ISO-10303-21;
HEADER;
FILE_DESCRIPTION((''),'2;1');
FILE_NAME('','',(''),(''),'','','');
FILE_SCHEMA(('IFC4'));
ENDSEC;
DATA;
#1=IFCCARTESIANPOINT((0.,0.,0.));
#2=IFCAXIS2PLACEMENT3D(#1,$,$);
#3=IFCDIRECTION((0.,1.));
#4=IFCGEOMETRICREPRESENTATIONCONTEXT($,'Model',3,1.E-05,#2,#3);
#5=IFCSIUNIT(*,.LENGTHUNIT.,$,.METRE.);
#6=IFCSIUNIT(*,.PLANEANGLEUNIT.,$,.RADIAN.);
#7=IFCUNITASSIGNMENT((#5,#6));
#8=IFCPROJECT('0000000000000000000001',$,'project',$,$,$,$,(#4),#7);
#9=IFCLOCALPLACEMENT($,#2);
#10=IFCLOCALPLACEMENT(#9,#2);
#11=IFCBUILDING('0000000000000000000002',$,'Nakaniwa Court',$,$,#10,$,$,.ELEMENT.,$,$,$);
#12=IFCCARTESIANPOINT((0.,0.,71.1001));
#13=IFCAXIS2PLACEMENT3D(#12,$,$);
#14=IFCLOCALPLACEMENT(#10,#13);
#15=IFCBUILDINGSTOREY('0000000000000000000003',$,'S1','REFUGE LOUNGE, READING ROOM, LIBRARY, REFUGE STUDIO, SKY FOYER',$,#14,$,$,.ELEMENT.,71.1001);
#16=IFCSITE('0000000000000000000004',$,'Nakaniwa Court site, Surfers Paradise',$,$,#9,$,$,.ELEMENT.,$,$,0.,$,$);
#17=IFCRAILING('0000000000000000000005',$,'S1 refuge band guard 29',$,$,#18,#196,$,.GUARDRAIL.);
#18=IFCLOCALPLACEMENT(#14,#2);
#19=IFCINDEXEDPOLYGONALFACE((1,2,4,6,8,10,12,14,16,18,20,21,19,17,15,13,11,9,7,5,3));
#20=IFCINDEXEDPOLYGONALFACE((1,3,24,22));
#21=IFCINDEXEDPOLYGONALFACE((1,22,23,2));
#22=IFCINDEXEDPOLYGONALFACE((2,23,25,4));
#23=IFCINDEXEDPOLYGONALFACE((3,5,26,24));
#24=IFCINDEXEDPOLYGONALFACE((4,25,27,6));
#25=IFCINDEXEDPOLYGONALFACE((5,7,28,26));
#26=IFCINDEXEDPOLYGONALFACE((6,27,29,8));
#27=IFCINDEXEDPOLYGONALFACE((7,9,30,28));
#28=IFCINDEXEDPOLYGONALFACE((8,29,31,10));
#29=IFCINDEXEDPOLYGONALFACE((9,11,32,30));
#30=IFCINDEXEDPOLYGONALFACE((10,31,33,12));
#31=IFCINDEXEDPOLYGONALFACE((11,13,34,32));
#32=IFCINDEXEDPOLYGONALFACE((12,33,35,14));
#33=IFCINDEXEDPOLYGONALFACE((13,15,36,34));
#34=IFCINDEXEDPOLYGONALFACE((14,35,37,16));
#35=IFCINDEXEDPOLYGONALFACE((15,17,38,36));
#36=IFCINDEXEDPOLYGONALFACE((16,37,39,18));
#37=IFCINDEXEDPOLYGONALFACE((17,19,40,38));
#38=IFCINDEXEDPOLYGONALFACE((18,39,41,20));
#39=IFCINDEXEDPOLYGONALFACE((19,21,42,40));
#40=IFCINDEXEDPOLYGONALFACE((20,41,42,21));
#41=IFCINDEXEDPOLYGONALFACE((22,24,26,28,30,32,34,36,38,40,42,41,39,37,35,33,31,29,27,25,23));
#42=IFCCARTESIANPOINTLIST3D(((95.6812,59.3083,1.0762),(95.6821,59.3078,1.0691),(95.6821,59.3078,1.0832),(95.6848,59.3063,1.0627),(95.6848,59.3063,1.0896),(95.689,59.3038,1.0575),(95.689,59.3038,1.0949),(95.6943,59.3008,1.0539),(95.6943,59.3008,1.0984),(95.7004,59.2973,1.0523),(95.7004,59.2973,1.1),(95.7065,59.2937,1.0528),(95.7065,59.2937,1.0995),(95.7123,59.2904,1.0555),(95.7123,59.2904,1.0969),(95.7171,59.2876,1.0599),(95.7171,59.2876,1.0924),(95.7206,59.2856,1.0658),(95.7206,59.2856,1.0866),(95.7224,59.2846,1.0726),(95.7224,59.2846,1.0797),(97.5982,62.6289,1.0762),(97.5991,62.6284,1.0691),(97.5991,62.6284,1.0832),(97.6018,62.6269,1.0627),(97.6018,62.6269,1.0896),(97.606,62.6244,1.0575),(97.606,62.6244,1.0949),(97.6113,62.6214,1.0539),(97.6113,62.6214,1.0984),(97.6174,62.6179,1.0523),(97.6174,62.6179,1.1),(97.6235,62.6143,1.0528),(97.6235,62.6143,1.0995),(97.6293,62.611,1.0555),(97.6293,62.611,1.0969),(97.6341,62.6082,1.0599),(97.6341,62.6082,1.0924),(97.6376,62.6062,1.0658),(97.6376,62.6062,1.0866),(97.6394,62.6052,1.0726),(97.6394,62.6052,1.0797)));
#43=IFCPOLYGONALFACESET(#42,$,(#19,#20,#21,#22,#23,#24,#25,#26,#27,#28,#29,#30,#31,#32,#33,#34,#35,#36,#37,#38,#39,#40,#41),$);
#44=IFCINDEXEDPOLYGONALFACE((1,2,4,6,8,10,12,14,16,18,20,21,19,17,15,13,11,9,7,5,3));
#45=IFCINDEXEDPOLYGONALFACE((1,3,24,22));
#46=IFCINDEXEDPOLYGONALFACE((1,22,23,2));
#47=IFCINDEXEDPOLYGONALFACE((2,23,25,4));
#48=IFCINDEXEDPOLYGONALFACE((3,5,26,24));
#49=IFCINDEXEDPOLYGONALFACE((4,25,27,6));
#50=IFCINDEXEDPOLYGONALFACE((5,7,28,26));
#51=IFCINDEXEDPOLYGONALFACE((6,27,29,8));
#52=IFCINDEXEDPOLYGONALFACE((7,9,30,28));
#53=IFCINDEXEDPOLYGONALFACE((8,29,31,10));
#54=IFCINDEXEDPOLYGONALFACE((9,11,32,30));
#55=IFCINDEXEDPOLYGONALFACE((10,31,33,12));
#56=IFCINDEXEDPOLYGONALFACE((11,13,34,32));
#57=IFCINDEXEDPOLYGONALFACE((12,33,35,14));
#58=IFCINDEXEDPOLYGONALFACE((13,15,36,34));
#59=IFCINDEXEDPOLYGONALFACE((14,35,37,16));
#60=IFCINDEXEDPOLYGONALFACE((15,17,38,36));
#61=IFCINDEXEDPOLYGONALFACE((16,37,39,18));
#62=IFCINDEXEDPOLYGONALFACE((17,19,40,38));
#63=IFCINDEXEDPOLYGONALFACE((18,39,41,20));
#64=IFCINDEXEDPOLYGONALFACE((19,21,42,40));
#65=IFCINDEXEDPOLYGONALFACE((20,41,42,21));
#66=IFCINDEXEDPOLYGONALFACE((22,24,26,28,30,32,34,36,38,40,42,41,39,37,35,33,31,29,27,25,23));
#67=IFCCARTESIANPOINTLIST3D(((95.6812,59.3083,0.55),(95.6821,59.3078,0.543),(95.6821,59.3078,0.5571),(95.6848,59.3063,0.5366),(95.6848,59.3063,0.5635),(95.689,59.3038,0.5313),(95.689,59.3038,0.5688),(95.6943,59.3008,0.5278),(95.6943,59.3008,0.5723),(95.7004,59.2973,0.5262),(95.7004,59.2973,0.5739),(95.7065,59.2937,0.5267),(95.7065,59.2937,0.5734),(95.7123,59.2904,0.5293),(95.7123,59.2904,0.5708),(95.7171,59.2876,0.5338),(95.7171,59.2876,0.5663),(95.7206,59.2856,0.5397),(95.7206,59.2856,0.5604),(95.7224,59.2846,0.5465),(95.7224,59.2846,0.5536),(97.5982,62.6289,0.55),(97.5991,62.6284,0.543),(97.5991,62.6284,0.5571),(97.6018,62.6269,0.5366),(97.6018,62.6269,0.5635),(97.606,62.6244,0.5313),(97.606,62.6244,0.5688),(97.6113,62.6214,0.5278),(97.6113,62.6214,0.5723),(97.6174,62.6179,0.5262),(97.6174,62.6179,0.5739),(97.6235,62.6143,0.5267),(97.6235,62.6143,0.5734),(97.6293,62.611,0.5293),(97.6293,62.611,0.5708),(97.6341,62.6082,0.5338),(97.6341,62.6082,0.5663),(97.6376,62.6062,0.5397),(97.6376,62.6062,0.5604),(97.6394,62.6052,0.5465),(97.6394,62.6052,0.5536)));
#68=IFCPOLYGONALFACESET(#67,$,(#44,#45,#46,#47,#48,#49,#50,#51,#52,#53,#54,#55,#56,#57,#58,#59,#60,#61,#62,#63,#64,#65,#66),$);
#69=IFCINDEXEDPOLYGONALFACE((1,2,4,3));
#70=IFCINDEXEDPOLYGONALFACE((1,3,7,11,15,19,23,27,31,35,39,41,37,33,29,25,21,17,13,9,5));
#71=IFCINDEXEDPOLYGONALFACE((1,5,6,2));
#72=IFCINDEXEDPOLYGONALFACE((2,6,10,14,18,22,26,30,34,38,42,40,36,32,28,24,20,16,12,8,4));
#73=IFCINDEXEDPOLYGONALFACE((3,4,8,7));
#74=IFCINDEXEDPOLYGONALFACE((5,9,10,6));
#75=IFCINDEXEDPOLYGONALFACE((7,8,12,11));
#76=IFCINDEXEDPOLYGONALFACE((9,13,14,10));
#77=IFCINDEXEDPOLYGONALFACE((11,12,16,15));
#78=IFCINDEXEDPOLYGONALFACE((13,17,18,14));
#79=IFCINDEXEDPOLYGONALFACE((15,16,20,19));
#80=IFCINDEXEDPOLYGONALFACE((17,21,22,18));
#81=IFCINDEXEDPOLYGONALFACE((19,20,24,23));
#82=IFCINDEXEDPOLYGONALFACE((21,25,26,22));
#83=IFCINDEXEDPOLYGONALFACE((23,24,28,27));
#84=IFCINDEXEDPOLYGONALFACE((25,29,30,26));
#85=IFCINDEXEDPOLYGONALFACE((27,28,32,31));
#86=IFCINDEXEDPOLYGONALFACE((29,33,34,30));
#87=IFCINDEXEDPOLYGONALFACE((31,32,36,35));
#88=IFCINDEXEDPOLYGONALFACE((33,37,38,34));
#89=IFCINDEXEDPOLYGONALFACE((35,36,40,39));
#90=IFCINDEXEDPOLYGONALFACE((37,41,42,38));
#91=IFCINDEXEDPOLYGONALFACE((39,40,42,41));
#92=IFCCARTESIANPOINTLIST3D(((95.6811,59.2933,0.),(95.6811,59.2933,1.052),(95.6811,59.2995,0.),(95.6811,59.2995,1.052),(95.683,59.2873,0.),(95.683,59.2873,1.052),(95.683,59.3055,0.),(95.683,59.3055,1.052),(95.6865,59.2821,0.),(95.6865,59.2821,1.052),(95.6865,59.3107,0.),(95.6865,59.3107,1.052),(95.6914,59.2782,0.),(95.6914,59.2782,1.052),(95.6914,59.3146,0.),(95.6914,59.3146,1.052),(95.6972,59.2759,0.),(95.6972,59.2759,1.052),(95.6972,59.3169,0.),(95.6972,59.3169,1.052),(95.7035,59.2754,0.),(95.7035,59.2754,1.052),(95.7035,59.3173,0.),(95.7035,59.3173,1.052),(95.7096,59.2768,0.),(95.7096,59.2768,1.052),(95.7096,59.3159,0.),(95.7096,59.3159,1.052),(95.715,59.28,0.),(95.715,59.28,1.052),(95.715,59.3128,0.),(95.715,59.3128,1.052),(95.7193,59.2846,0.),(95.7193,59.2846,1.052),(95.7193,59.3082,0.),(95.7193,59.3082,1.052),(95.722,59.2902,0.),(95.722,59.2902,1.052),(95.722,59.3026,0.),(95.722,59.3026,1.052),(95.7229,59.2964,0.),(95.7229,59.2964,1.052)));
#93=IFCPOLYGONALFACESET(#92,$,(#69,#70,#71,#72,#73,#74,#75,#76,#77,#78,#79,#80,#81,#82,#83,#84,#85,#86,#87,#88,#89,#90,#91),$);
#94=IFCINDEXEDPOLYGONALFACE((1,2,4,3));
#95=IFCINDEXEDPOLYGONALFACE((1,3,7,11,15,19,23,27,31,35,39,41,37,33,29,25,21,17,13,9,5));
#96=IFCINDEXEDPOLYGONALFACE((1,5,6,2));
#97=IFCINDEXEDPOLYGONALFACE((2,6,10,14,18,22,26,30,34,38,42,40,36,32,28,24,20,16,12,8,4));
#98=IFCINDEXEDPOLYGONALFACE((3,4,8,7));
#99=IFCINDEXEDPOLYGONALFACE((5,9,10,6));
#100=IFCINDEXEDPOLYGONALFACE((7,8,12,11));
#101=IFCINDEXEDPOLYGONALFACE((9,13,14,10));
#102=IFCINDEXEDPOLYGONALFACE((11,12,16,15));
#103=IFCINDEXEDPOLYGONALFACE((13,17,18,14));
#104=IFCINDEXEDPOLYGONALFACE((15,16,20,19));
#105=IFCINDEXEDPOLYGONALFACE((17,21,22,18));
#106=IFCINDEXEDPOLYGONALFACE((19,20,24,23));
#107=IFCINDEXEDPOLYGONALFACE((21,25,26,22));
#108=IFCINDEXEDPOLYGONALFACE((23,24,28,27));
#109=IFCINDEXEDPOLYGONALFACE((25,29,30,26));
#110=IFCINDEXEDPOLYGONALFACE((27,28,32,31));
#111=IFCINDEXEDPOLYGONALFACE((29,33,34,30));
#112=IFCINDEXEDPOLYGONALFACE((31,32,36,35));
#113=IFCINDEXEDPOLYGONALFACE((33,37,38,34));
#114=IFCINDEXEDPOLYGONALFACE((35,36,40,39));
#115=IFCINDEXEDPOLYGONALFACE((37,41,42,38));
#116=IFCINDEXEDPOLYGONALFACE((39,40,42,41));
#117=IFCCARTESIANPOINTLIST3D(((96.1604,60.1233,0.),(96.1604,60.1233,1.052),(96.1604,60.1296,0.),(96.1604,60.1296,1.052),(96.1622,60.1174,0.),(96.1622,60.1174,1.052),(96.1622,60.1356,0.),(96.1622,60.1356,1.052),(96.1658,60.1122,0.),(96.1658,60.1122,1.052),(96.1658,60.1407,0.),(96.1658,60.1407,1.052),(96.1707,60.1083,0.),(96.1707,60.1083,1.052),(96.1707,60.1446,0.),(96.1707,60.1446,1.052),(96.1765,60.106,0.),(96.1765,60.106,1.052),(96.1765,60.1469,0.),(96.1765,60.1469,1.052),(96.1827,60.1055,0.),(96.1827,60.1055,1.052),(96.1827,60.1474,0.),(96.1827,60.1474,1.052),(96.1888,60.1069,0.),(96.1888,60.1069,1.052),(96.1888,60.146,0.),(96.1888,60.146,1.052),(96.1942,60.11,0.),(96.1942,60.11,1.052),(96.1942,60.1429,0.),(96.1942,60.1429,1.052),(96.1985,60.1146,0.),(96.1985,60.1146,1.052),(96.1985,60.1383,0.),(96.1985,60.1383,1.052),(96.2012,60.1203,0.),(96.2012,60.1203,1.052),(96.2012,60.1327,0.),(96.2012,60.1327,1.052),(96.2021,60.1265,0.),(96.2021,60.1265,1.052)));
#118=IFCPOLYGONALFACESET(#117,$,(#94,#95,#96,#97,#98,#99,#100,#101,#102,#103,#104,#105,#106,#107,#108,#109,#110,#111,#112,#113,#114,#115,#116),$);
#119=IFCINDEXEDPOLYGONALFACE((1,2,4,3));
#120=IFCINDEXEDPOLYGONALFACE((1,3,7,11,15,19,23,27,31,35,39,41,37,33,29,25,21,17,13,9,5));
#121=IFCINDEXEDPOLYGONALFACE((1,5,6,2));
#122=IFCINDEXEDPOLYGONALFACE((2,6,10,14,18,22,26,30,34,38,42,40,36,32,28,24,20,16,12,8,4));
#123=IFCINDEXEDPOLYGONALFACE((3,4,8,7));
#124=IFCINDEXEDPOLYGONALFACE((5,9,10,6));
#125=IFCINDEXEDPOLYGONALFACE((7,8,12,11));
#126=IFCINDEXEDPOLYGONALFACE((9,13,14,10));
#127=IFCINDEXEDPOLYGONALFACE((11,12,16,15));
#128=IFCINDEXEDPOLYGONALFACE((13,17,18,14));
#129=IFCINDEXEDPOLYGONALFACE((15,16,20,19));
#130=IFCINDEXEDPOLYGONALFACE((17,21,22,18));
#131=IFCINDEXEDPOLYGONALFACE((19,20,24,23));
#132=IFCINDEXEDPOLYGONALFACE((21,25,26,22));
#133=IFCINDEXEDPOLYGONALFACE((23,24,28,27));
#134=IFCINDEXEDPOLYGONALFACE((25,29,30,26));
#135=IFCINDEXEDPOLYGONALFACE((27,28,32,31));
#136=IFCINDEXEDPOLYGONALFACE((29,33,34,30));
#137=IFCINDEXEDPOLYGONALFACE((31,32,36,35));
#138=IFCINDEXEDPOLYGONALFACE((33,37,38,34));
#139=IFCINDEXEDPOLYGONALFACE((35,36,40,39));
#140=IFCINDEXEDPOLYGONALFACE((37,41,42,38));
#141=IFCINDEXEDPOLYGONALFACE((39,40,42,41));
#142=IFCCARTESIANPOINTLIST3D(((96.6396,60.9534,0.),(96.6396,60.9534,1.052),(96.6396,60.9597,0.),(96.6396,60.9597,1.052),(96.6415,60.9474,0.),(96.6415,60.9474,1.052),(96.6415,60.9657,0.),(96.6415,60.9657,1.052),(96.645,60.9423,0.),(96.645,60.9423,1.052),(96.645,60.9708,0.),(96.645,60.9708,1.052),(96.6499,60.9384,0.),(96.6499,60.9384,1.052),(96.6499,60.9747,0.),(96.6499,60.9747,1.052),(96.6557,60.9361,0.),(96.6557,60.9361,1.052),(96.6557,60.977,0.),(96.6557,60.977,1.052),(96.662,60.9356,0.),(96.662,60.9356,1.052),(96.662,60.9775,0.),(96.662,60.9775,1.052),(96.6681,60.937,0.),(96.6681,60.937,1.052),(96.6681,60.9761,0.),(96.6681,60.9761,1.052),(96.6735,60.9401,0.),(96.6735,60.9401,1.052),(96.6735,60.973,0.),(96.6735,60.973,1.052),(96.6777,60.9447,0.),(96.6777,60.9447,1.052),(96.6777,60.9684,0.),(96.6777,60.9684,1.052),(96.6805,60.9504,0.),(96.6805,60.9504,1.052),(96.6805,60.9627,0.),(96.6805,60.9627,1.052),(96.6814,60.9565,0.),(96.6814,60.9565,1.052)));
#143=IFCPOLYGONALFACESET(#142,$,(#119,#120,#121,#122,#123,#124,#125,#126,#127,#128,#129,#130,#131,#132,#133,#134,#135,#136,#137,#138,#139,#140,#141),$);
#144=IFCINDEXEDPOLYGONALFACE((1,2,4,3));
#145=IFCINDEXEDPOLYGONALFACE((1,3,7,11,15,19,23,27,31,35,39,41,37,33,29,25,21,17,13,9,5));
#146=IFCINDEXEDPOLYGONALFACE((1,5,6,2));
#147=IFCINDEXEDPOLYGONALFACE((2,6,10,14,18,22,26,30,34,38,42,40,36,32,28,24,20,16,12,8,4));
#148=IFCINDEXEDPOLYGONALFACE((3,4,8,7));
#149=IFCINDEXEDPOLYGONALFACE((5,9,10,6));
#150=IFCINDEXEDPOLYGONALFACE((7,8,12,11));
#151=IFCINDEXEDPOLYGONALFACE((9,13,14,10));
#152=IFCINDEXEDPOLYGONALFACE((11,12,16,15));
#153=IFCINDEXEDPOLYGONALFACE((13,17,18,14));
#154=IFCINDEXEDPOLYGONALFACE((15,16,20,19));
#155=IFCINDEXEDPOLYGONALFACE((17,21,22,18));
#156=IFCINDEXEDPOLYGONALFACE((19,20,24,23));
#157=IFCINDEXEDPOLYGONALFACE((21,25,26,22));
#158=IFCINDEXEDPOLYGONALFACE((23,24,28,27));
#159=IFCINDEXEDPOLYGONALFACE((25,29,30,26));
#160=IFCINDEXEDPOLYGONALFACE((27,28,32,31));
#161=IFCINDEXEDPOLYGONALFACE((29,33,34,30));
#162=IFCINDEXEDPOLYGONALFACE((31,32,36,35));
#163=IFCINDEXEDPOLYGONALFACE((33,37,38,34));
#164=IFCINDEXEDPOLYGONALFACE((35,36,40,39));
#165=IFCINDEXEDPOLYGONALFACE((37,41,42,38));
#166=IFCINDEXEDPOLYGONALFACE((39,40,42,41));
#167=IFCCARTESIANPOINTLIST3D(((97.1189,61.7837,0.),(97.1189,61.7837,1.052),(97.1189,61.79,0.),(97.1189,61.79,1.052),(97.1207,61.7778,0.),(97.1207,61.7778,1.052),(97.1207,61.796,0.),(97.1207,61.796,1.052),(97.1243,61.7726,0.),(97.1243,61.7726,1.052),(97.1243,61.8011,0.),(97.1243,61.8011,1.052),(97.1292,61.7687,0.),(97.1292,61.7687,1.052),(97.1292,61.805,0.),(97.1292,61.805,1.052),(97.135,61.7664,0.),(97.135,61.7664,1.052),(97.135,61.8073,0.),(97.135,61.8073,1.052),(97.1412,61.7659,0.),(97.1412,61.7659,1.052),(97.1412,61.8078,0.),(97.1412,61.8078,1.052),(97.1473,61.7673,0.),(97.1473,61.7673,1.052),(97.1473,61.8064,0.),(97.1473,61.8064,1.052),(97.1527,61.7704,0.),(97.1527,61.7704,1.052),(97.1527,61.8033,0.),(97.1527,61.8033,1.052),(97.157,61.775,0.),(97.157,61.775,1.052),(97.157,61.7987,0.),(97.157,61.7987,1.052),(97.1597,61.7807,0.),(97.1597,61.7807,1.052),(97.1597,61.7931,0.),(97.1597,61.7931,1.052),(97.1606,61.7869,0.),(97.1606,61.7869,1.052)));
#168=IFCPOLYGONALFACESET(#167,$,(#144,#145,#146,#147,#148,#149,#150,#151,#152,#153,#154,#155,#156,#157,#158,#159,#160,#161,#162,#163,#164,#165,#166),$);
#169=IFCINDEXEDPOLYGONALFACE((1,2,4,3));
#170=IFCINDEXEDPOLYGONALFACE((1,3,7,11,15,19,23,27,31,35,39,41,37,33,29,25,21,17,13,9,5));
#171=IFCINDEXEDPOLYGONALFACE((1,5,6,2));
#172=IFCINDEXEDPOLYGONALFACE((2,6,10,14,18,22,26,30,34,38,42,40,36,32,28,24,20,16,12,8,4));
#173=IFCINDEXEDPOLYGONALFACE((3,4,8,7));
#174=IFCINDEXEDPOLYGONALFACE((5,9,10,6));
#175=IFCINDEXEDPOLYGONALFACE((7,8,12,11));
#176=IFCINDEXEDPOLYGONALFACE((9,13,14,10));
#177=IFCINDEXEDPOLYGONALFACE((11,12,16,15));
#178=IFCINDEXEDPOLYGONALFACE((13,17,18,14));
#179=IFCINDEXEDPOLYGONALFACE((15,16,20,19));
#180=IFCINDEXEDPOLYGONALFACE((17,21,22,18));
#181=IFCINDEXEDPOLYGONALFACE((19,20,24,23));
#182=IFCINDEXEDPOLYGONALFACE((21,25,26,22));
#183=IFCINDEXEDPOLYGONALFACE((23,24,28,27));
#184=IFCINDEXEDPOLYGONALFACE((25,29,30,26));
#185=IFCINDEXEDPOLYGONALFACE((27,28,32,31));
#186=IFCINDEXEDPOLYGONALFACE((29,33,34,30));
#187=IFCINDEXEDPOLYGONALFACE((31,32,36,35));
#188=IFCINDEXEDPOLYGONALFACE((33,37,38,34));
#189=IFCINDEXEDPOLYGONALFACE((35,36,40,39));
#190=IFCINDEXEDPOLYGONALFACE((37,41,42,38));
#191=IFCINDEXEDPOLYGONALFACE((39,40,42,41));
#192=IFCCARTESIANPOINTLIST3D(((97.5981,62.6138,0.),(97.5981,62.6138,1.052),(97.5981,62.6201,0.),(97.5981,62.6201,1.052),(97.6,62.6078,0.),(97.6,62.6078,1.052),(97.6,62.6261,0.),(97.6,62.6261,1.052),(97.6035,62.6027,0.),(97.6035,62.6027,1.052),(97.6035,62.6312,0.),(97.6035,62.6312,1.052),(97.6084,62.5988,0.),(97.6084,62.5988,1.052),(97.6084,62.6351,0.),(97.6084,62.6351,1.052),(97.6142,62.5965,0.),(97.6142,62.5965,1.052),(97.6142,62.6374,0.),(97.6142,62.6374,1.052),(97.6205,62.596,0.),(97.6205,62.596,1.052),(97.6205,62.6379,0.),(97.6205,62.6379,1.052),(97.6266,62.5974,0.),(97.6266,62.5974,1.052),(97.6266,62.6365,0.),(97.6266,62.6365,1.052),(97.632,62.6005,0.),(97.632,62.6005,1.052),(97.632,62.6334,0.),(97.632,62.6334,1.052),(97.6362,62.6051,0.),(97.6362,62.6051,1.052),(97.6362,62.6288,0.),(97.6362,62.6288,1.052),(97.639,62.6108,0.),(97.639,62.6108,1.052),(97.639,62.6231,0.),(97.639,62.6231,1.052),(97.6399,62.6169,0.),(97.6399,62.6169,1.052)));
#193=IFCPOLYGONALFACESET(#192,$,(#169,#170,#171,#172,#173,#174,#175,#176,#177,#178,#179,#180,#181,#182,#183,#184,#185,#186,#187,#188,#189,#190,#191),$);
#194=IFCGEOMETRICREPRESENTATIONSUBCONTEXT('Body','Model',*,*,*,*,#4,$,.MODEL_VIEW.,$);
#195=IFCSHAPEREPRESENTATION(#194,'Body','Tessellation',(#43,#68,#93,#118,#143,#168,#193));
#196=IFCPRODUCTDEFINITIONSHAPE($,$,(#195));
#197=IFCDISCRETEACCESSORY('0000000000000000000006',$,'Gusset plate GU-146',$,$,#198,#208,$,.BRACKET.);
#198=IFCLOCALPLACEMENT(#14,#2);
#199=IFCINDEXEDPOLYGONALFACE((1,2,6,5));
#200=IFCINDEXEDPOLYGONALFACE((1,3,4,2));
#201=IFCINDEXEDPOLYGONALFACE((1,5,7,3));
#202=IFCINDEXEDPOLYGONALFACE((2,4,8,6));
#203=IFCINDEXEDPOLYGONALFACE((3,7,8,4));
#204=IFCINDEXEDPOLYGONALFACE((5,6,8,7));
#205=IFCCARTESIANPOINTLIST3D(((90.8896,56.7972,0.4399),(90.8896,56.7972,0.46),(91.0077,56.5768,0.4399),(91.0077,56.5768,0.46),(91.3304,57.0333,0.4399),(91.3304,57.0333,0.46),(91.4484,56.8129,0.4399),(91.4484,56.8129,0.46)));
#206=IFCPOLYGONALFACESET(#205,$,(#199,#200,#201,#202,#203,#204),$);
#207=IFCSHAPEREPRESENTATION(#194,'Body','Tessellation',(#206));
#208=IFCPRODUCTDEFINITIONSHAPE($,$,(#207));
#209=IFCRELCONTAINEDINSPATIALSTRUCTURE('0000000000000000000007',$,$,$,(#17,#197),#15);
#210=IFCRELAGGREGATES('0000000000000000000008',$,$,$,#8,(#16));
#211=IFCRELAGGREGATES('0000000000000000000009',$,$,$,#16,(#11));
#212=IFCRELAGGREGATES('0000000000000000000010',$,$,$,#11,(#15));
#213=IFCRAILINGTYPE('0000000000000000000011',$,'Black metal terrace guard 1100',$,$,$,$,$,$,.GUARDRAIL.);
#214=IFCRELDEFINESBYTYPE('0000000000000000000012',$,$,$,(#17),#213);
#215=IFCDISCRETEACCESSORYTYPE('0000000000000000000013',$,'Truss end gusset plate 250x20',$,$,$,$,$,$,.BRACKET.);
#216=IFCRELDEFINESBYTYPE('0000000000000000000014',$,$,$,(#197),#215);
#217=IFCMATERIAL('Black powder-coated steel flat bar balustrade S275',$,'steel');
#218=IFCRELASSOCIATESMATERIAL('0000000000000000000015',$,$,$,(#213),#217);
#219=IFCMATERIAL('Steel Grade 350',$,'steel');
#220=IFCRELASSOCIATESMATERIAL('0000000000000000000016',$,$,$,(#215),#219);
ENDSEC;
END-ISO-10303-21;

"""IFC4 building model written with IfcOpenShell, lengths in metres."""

from ifc_helpers import new_model, si_unit, direction, frame, origin, origin_2d, place, context, subcontext, project, spatial, rectangle, circle, extrude, material, material_profile, profile_set, type_object, element, save


model = new_model("IFC4")

# Units and contexts
model_context = context("Model", 3, precision=1e-05, world=origin(), true_north=direction((0.0, 1.0)))
body_context = subcontext(model_context, "Body", "Model", "MODEL_VIEW")
ifc_project = project(units=[si_unit("LENGTHUNIT", "METRE"), si_unit("PLANEANGLEUNIT", "RADIAN")], contexts=[model_context])

# Site, building, storey
site_placement = place(None, origin())
site = spatial("IfcSite", under=ifc_project, at=site_placement, Name="Nakaniwa Court site, Surfers Paradise", CompositionType="ELEMENT", RefElevation=0.0)
building_placement = place(site_placement, origin())
building = spatial("IfcBuilding", under=site, at=building_placement, Name="Nakaniwa Court", CompositionType="ELEMENT")
storey_placement = place(building_placement, frame((0.0, 0.0, 71.1001)))
storey = spatial("IfcBuildingStorey", under=building, at=storey_placement, Name="S1", Description="REFUGE LOUNGE, READING ROOM, LIBRARY, REFUGE STUDIO, SKY FOYER", CompositionType="ELEMENT", Elevation=71.1001)

# Shared definitions
ifc_material_1 = material(Name="Steel Grade 350", Category="steel")

# Railing
ifc_material_2 = material(Name="Black powder-coated steel flat bar balustrade S275", Category="steel")
railing_type = type_object("IfcRailingType", Name="Black metal terrace guard 1100", PredefinedType="GUARDRAIL", material=ifc_material_2)
railing_1_placement = place(storey_placement, frame((95.7019, 59.2964, 0.0)))
element("IfcRailing", 1, at=railing_1_placement, inside=storey, type_object=railing_type, Name="S1 refuge band guard 29", PredefinedType="GUARDRAIL", context=body_context, shape_type="SweptSolid", body=[
    extrude(circle(Radius=0.0239, at=origin_2d()), frame((0.0, 0.0, 1.0762), z_axis=(0.499974, 0.86604, 0.0), x_axis=(-0.86604, 0.499974, 0.0)), (0.0, 0.0, 1.0), 3.8342),
    extrude(circle(Radius=0.0239, at=origin_2d()), frame((0.0, 0.0, 0.55), z_axis=(0.499974, 0.86604, 0.0), x_axis=(-0.86604, 0.499974, 0.0)), (0.0, 0.0, 1.0), 3.8342),
    extrude(circle(Radius=0.021, at=origin_2d()), origin(), (0.0, 0.0, 1.0), 1.052),
    extrude(circle(Radius=0.021, at=origin_2d()), frame((0.4792, 0.8301, 0.0)), (0.0, 0.0, 1.0), 1.052),
    extrude(circle(Radius=0.021, at=origin_2d()), frame((0.9585, 1.6602, 0.0)), (0.0, 0.0, 1.0), 1.052),
    extrude(circle(Radius=0.021, at=origin_2d()), frame((1.4377, 2.4905, 0.0)), (0.0, 0.0, 1.0), 1.052),
    extrude(circle(Radius=0.021, at=origin_2d()), frame((1.917, 3.3206, 0.0)), (0.0, 0.0, 1.0), 1.052),
])

# Discrete accessory
ifc_material_profile_1 = material_profile(ifc_material_1, rectangle(XDim=0.25, YDim=0.02, at=origin_2d()), Name="Truss end gusset plate 250x20")
ifc_profile_set_1 = profile_set([ifc_material_profile_1], Name="Steel Grade 350")
discrete_accessory_type = type_object("IfcDiscreteAccessoryType", Name="Truss end gusset plate 250x20", PredefinedType="BRACKET", material=ifc_profile_set_1)
discrete_accessory_1_placement = place(storey_placement, frame((91.3894, 56.9231, 0.45), z_axis=(-0.881473, -0.472235, 0.0), x_axis=(0.472235, -0.881473, 0.0)))
element("IfcDiscreteAccessory", 2, at=discrete_accessory_1_placement, inside=storey, type_object=discrete_accessory_type, Name="Gusset plate GU-146", PredefinedType="BRACKET", context=body_context, shape_type="SweptSolid", body=[
    extrude(rectangle(XDim=0.25, YDim=0.02, at=origin_2d()), origin(), (0.0, 0.0, 1.0), 0.5),
])

save(model, "model.ifc")
